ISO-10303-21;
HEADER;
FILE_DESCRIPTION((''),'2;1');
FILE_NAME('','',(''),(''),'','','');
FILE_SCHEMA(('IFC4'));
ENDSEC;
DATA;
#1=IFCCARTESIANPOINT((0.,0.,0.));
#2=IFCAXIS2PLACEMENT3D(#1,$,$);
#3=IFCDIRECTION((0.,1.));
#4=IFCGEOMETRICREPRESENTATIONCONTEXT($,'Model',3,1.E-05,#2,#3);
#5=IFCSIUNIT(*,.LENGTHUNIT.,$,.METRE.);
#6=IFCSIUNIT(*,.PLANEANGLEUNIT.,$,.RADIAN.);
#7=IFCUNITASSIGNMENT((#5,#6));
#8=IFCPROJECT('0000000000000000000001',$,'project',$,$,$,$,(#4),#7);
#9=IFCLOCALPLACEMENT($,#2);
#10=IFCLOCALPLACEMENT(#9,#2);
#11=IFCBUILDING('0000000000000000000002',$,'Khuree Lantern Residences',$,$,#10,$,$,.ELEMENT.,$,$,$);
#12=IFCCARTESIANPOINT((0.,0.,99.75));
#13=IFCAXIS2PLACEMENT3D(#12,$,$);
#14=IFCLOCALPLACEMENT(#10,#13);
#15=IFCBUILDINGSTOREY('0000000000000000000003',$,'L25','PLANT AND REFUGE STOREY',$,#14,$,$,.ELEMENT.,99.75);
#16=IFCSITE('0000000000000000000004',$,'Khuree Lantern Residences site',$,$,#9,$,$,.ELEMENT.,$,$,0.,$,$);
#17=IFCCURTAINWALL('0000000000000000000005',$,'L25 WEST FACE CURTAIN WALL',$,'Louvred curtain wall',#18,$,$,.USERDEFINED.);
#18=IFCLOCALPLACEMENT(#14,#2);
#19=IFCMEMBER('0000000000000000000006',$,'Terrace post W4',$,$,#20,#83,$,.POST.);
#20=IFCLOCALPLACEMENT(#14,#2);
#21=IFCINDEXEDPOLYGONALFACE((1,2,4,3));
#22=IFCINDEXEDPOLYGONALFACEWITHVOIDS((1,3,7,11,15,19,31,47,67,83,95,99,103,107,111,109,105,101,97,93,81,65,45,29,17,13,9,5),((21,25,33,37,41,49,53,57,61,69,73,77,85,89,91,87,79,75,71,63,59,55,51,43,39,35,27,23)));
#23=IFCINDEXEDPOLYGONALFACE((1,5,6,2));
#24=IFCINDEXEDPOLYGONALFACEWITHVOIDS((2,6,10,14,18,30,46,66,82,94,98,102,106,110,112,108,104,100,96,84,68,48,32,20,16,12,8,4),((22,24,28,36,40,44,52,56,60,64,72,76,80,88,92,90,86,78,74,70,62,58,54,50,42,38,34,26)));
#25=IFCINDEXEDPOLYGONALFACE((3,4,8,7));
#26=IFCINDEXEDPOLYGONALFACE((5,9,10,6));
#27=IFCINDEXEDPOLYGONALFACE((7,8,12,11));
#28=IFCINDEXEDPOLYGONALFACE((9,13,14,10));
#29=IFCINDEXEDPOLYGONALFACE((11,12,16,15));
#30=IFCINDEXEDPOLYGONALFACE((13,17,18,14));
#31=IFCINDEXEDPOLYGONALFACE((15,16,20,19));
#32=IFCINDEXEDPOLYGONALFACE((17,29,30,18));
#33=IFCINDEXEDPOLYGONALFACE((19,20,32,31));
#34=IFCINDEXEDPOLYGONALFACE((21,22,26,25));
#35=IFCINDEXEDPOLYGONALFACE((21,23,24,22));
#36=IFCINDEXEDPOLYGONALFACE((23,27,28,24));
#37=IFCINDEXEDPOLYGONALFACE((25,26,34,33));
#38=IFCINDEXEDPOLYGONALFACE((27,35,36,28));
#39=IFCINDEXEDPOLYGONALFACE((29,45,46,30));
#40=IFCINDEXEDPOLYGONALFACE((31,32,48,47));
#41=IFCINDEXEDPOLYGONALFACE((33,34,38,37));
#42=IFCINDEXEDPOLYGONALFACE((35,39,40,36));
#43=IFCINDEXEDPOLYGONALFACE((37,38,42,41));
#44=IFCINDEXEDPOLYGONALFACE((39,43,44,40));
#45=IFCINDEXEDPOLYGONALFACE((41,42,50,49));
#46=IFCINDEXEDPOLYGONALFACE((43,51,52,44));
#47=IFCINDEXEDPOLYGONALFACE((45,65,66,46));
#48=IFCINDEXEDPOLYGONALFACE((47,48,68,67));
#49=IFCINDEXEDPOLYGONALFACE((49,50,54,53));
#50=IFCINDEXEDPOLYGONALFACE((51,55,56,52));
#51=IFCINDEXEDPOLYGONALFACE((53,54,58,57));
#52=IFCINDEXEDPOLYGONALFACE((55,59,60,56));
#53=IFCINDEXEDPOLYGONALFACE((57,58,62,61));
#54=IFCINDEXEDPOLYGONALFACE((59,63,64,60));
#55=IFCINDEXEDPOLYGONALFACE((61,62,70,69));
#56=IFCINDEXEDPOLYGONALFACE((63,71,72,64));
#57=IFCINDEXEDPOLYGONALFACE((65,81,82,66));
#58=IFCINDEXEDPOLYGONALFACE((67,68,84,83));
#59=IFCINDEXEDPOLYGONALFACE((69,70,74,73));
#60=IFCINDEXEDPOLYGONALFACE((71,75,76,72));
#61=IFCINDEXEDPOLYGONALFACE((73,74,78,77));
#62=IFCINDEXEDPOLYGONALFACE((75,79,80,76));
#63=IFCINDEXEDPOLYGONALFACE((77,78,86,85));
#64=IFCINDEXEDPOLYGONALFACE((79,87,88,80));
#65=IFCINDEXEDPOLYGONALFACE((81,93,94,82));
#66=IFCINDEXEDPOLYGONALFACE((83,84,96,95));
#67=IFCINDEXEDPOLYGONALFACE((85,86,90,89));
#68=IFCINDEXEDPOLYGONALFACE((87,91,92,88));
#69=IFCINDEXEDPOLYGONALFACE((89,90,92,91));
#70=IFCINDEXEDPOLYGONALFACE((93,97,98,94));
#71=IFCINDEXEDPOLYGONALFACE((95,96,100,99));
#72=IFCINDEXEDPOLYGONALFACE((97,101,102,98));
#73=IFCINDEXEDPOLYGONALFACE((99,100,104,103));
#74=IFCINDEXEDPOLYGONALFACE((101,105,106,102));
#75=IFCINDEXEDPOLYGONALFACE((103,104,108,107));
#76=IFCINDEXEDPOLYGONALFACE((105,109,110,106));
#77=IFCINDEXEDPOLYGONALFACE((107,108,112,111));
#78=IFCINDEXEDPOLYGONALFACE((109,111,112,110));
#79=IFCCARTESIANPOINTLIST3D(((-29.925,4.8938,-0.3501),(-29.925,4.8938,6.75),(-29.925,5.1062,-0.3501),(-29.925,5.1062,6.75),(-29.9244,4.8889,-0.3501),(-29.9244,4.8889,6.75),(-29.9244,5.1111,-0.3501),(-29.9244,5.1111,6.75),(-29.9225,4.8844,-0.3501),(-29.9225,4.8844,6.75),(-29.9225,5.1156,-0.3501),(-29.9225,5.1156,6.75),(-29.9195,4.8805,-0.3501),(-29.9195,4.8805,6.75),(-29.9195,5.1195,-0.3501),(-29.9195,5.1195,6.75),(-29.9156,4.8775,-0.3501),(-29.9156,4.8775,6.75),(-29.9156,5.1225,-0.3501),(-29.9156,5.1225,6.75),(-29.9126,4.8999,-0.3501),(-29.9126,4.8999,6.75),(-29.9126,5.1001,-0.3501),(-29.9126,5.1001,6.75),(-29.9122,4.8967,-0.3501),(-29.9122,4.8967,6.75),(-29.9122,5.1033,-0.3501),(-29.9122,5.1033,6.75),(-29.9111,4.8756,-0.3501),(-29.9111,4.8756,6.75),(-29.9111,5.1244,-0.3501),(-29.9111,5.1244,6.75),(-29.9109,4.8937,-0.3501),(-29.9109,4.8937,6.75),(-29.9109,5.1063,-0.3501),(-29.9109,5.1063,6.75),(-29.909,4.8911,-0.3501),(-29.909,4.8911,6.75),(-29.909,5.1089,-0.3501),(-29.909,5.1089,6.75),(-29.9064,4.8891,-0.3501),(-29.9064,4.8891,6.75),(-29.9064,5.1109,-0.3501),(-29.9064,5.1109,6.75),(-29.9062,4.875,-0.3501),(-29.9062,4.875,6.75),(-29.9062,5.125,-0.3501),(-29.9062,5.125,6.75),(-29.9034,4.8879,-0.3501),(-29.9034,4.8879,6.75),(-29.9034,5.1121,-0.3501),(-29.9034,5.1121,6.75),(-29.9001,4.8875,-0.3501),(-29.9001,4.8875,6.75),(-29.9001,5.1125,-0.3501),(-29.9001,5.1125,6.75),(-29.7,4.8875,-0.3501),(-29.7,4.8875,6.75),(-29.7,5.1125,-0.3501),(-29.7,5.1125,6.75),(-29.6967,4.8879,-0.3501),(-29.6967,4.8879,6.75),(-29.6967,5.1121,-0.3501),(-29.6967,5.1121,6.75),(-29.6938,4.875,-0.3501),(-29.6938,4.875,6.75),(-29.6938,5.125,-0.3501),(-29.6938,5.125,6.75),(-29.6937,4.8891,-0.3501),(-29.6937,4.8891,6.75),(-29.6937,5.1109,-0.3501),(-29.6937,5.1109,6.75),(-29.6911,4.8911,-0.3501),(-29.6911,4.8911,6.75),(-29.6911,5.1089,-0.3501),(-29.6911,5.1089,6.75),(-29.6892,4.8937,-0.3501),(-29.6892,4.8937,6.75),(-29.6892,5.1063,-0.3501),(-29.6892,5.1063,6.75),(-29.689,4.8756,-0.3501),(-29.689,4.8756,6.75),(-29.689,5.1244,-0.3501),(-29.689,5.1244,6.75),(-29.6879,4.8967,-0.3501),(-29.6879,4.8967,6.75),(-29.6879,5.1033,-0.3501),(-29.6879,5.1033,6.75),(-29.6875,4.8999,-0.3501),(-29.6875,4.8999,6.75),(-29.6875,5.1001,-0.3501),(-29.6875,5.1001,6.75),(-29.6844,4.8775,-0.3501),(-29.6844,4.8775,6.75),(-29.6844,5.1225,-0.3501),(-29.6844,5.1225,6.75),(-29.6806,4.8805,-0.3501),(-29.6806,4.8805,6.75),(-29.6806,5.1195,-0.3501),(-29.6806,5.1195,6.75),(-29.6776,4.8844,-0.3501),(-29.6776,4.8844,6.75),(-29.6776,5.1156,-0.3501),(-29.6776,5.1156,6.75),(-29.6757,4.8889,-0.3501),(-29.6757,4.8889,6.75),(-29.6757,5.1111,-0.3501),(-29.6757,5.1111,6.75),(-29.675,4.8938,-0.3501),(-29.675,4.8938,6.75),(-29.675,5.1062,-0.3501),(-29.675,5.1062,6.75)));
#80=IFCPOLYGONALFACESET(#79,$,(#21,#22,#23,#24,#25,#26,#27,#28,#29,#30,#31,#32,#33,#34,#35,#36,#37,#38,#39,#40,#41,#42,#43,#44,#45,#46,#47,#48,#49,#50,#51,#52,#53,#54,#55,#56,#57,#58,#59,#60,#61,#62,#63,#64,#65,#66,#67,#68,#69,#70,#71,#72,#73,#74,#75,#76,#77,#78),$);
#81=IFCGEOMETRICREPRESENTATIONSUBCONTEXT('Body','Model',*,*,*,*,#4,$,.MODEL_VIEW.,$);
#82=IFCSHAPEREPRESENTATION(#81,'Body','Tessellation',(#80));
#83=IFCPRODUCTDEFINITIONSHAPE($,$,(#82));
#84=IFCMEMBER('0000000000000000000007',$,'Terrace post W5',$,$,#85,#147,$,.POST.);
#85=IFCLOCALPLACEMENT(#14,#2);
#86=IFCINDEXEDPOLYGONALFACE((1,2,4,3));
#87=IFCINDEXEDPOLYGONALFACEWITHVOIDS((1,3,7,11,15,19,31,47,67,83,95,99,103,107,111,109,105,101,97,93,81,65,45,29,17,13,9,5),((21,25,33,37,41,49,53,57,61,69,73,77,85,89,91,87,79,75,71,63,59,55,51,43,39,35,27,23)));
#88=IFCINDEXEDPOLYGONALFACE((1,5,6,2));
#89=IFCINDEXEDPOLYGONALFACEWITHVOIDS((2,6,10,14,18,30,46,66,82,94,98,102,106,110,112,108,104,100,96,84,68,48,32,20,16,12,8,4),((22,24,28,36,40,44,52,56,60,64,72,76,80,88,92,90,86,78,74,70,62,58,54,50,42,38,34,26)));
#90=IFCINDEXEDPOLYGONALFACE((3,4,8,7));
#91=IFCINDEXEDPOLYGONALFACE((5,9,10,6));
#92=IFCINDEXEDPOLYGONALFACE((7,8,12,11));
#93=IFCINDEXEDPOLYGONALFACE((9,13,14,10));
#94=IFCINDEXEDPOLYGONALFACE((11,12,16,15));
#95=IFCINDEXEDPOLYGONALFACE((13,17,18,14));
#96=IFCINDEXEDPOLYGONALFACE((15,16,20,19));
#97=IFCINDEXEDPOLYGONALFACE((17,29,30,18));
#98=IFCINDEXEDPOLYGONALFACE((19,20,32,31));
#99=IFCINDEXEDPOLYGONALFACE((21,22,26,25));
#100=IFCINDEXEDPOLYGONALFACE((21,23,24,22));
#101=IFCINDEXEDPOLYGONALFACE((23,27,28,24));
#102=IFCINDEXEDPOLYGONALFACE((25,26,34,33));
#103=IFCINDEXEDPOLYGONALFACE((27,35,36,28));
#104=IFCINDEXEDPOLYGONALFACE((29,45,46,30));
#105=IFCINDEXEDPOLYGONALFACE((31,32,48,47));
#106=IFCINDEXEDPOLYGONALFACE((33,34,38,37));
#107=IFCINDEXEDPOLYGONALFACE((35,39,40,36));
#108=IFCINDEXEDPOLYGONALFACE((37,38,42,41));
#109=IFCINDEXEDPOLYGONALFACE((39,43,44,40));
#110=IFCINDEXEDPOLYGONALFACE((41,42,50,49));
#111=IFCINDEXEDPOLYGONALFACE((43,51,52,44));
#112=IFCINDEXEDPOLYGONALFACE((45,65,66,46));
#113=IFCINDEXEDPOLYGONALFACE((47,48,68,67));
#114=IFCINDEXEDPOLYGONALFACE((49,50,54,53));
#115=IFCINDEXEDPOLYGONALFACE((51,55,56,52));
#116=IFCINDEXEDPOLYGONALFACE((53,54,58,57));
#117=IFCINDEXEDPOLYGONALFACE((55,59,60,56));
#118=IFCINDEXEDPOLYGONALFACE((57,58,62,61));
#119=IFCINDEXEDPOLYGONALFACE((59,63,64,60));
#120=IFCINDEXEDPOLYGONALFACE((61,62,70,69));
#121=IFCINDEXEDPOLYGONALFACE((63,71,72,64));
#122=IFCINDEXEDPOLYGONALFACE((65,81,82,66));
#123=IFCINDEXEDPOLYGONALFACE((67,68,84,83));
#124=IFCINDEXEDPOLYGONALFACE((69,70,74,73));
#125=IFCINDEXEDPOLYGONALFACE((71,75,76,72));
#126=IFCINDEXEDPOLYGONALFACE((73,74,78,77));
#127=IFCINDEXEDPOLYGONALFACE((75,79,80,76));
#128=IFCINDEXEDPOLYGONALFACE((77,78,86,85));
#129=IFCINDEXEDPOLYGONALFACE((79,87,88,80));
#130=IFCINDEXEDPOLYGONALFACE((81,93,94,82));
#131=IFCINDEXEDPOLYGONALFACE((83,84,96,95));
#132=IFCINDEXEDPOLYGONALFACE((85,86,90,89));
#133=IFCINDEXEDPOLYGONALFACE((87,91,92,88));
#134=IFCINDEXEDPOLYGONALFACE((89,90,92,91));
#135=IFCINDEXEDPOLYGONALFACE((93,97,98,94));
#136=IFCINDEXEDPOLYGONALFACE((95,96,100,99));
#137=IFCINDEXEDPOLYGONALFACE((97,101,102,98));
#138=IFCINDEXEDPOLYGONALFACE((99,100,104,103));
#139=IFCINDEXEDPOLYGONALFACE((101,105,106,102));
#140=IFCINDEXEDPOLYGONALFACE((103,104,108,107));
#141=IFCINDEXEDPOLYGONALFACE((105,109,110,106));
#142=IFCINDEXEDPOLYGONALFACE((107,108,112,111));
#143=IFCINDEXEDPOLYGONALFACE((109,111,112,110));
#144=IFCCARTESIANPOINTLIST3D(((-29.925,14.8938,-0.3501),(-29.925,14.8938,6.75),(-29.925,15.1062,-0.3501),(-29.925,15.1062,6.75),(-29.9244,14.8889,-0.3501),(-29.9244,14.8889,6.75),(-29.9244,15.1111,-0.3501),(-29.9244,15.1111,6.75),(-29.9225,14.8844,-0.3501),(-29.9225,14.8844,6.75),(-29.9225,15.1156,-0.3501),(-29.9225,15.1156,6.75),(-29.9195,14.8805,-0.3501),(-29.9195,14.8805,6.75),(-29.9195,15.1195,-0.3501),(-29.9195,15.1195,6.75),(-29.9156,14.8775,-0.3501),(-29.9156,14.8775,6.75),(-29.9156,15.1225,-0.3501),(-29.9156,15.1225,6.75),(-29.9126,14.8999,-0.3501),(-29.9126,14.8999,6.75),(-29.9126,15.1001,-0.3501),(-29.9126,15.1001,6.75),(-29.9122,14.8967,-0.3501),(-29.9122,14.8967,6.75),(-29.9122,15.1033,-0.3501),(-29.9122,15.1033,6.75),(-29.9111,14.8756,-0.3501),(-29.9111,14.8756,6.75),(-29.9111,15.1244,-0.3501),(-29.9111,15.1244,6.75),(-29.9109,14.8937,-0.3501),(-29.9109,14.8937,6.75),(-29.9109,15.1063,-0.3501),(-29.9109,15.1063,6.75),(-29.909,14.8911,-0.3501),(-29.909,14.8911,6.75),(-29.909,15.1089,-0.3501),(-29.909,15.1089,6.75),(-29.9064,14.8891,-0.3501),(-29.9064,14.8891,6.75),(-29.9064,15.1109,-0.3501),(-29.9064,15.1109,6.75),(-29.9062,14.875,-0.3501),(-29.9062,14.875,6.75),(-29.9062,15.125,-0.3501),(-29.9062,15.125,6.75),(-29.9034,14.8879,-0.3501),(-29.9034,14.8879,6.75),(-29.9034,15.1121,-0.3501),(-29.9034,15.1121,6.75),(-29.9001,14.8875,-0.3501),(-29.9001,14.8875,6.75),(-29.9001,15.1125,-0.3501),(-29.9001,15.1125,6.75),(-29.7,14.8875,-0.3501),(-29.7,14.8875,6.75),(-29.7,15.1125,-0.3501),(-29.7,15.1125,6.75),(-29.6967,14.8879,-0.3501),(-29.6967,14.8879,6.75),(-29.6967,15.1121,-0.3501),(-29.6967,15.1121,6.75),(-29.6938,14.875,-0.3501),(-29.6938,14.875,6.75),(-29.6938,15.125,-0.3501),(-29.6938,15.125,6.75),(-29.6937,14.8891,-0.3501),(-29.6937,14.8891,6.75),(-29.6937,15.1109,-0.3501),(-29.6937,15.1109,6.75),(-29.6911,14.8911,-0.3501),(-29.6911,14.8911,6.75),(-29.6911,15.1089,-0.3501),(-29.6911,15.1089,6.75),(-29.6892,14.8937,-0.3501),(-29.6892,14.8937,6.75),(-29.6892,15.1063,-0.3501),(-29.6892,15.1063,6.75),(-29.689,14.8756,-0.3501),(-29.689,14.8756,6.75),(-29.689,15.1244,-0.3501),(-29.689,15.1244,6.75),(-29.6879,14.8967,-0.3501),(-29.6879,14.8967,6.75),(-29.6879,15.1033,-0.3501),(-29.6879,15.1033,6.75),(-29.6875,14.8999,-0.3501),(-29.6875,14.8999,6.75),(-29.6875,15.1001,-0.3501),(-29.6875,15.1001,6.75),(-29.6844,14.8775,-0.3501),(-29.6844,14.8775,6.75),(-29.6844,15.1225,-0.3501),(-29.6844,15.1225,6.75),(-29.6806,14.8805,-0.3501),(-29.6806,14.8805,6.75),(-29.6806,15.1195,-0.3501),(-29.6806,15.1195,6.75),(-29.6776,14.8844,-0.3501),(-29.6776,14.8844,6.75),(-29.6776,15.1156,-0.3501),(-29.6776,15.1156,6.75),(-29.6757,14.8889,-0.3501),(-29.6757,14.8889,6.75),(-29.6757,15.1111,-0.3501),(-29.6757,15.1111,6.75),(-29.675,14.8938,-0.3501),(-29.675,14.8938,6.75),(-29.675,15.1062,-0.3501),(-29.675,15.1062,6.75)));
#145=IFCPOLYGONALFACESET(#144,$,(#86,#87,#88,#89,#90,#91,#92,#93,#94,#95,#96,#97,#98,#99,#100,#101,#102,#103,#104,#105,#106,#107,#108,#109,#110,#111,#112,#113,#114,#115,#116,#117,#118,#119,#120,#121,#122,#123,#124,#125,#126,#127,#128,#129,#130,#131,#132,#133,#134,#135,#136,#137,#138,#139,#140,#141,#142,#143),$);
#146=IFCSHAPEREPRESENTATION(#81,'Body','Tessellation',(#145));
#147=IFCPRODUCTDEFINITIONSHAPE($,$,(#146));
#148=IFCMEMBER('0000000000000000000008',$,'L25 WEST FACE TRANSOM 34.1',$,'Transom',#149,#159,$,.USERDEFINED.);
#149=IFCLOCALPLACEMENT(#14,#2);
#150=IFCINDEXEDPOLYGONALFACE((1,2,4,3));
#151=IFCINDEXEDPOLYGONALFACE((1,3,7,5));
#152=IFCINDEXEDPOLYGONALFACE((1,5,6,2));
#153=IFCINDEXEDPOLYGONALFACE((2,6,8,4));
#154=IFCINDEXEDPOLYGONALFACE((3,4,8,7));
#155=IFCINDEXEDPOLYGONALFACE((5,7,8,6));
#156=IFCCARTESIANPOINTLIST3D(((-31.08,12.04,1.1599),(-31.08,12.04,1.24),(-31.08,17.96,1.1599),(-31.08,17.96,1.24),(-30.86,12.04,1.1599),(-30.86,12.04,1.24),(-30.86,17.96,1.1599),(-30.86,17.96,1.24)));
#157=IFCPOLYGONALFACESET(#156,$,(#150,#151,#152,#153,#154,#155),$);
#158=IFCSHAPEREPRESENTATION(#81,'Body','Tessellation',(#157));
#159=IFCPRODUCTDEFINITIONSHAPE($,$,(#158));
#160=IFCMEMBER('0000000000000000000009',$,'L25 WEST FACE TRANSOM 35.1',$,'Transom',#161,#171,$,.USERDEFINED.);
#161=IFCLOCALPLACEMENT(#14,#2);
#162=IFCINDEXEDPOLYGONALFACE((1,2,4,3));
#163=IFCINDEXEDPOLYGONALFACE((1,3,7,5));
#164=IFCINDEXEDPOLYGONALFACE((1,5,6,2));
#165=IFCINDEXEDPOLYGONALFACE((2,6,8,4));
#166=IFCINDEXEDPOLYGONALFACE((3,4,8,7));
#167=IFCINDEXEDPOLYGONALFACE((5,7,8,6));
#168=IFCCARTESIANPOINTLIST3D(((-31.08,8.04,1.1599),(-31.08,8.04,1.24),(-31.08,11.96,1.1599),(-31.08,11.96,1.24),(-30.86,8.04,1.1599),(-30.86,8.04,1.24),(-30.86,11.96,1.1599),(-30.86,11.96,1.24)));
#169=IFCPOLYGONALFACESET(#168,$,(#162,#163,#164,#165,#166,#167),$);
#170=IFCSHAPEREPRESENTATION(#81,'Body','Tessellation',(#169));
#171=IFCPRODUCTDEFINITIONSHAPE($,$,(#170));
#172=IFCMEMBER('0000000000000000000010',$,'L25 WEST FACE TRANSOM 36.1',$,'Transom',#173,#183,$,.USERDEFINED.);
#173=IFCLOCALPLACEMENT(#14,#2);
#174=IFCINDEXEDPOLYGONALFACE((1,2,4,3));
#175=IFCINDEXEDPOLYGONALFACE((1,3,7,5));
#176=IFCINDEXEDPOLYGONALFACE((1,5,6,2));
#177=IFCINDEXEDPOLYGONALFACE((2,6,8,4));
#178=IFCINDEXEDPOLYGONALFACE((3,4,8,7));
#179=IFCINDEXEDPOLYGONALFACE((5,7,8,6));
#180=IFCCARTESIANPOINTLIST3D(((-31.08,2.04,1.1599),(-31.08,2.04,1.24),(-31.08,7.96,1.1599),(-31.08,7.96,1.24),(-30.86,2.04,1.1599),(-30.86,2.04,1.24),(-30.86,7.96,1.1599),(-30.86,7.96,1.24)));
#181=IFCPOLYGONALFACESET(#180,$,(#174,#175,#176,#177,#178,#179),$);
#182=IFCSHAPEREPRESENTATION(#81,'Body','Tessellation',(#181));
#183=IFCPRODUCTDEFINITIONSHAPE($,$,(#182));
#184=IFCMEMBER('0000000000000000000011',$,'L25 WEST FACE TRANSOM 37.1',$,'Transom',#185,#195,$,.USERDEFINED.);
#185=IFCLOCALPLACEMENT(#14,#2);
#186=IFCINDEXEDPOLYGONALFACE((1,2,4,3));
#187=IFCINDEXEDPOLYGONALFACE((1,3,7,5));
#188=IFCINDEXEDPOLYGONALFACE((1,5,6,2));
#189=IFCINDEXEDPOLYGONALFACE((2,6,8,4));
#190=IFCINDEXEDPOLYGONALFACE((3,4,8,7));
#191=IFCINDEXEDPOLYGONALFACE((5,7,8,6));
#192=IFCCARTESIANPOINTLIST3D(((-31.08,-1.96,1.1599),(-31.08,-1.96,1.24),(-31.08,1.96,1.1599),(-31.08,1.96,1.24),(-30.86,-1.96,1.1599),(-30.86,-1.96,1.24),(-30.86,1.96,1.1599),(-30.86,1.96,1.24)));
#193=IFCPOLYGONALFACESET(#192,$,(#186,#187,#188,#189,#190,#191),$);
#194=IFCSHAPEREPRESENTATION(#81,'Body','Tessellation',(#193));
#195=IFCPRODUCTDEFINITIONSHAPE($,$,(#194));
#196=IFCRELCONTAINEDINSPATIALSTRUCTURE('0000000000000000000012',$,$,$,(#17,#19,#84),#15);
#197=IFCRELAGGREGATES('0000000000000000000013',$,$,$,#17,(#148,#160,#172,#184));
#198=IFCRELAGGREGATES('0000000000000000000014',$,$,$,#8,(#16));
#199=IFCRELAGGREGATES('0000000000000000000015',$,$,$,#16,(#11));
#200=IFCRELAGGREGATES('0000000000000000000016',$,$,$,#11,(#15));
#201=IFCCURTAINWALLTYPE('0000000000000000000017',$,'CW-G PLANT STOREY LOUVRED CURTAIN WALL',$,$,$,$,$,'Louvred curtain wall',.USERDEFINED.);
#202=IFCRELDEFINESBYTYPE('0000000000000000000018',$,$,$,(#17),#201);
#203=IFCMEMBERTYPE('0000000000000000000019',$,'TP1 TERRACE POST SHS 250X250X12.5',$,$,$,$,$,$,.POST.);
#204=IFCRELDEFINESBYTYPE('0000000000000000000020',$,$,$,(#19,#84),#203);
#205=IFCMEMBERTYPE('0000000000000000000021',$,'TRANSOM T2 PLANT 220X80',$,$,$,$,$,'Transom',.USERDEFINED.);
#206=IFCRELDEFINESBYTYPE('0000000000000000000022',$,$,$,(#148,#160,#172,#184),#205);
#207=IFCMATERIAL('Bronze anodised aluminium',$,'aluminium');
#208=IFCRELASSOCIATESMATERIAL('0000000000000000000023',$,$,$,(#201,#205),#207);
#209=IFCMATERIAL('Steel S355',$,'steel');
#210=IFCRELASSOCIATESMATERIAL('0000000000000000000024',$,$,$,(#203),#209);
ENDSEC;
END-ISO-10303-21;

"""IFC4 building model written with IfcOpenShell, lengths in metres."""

from ifc_helpers import new_model, si_unit, direction, frame, origin, origin_2d, place, context, subcontext, project, spatial, rectangle, hollow_rectangle, extrude, material, material_profile, profile_set, type_object, element, aggregate, save


model = new_model("IFC4")

# Units and contexts
model_context = context("Model", 3, precision=1e-05, world=origin(), true_north=direction((0.0, 1.0)))
body_context = subcontext(model_context, "Body", "Model", "MODEL_VIEW")
ifc_project = project(units=[si_unit("LENGTHUNIT", "METRE"), si_unit("PLANEANGLEUNIT", "RADIAN")], contexts=[model_context])

# Site, building, storey
site_placement = place(None, origin())
site = spatial("IfcSite", under=ifc_project, at=site_placement, Name="Khuree Lantern Residences site", CompositionType="ELEMENT", RefElevation=0.0)
building_placement = place(site_placement, origin())
building = spatial("IfcBuilding", under=site, at=building_placement, Name="Khuree Lantern Residences", CompositionType="ELEMENT")
storey_placement = place(building_placement, frame((0.0, 0.0, 99.75)))
storey = spatial("IfcBuildingStorey", under=building, at=storey_placement, Name="L25", Description="PLANT AND REFUGE STOREY", CompositionType="ELEMENT", Elevation=99.75)

# Shared definitions
ifc_material_1 = material(Name="Steel S355", Category="steel")

# Curtain wall
ifc_material_2 = material(Name="Bronze anodised aluminium", Category="aluminium")
curtain_wall_type = type_object("IfcCurtainWallType", Name="CW-G PLANT STOREY LOUVRED CURTAIN WALL", ElementType="Louvred curtain wall", PredefinedType="USERDEFINED", material=ifc_material_2)
curtain_wall_placement = place(storey_placement, origin())
curtain_wall = element("IfcCurtainWall", 1, at=curtain_wall_placement, inside=storey, type_object=curtain_wall_type, Name="L25 WEST FACE CURTAIN WALL", ObjectType="Louvred curtain wall", PredefinedType="USERDEFINED")

# Members
ifc_material_profile_1 = material_profile(ifc_material_1, hollow_rectangle(XDim=0.25, YDim=0.25, WallThickness=0.0125, InnerFilletRadius=0.0125, OuterFilletRadius=0.0188, at=origin_2d()), Name="SHS 250X250X12.5")
ifc_profile_set_1 = profile_set([ifc_material_profile_1], Name="Steel S355")
member_type_1 = type_object("IfcMemberType", Name="TP1 TERRACE POST SHS 250X250X12.5", PredefinedType="POST", material=ifc_profile_set_1)
for number, where, z_axis, x_axis, name in (
    (2, (-29.8, 5.0, -0.3501), (0.0, 0.0, 1.0), (1.0, 0.0, 0.0), "Terrace post W4"),
    (3, (-29.8, 15.0, -0.3501), (0.0, 0.0, 1.0), (1.0, 0.0, 0.0), "Terrace post W5"),
):
    element("IfcMember", number, at=place(storey_placement, frame(where, z_axis=z_axis, x_axis=x_axis)), inside=storey, type_object=member_type_1, Name=name, PredefinedType="POST", context=body_context, shape_type="SweptSolid", body=[
        extrude(hollow_rectangle(XDim=0.25, YDim=0.25, WallThickness=0.0125, InnerFilletRadius=0.0125, OuterFilletRadius=0.0188, at=origin_2d()), origin(), (0.0, 0.0, 1.0), 7.1001),
    ])

# Members
ifc_material_profile_2 = material_profile(ifc_material_2, rectangle(XDim=0.22, YDim=0.0801, at=origin_2d()), Name="T2 220X80")
ifc_profile_set_2 = profile_set([ifc_material_profile_2], Name="Bronze anodised aluminium")
member_type_2 = type_object("IfcMemberType", Name="TRANSOM T2 PLANT 220X80", ElementType="Transom", PredefinedType="USERDEFINED", material=ifc_profile_set_2)
member_1_placement = place(storey_placement, frame((-30.97, 17.96, 1.2), z_axis=(0.0, -1.0, 0.0), x_axis=(1.0, 0.0, 0.0)))
member_1 = element("IfcMember", 4, at=member_1_placement, type_object=member_type_2, Name="L25 WEST FACE TRANSOM 34.1", ObjectType="Transom", PredefinedType="USERDEFINED", context=body_context, shape_type="SweptSolid", body=[
    extrude(rectangle(XDim=0.22, YDim=0.0801, at=origin_2d()), origin(), (0.0, 0.0, 1.0), 5.9199),
])
member_2_placement = place(storey_placement, frame((-30.97, 11.96, 1.2), z_axis=(0.0, -1.0, 0.0), x_axis=(1.0, 0.0, 0.0)))
member_2 = element("IfcMember", 5, at=member_2_placement, type_object=member_type_2, Name="L25 WEST FACE TRANSOM 35.1", ObjectType="Transom", PredefinedType="USERDEFINED", context=body_context, shape_type="SweptSolid", body=[
    extrude(rectangle(XDim=0.22, YDim=0.0801, at=origin_2d()), origin(), (0.0, 0.0, 1.0), 3.9199),
])
member_3_placement = place(storey_placement, frame((-30.97, 7.96, 1.2), z_axis=(0.0, -1.0, 0.0), x_axis=(1.0, 0.0, 0.0)))
member_3 = element("IfcMember", 6, at=member_3_placement, type_object=member_type_2, Name="L25 WEST FACE TRANSOM 36.1", ObjectType="Transom", PredefinedType="USERDEFINED", context=body_context, shape_type="SweptSolid", body=[
    extrude(rectangle(XDim=0.22, YDim=0.0801, at=origin_2d()), origin(), (0.0, 0.0, 1.0), 5.9199),
])
member_4_placement = place(storey_placement, frame((-30.97, 1.96, 1.2), z_axis=(0.0, -1.0, 0.0), x_axis=(1.0, 0.0, 0.0)))
member_4 = element("IfcMember", 7, at=member_4_placement, type_object=member_type_2, Name="L25 WEST FACE TRANSOM 37.1", ObjectType="Transom", PredefinedType="USERDEFINED", context=body_context, shape_type="SweptSolid", body=[
    extrude(rectangle(XDim=0.22, YDim=0.0801, at=origin_2d()), origin(), (0.0, 0.0, 1.0), 3.9199),
])

aggregate(curtain_wall, [member_1, member_2, member_3, member_4])

save(model, "model.ifc")
